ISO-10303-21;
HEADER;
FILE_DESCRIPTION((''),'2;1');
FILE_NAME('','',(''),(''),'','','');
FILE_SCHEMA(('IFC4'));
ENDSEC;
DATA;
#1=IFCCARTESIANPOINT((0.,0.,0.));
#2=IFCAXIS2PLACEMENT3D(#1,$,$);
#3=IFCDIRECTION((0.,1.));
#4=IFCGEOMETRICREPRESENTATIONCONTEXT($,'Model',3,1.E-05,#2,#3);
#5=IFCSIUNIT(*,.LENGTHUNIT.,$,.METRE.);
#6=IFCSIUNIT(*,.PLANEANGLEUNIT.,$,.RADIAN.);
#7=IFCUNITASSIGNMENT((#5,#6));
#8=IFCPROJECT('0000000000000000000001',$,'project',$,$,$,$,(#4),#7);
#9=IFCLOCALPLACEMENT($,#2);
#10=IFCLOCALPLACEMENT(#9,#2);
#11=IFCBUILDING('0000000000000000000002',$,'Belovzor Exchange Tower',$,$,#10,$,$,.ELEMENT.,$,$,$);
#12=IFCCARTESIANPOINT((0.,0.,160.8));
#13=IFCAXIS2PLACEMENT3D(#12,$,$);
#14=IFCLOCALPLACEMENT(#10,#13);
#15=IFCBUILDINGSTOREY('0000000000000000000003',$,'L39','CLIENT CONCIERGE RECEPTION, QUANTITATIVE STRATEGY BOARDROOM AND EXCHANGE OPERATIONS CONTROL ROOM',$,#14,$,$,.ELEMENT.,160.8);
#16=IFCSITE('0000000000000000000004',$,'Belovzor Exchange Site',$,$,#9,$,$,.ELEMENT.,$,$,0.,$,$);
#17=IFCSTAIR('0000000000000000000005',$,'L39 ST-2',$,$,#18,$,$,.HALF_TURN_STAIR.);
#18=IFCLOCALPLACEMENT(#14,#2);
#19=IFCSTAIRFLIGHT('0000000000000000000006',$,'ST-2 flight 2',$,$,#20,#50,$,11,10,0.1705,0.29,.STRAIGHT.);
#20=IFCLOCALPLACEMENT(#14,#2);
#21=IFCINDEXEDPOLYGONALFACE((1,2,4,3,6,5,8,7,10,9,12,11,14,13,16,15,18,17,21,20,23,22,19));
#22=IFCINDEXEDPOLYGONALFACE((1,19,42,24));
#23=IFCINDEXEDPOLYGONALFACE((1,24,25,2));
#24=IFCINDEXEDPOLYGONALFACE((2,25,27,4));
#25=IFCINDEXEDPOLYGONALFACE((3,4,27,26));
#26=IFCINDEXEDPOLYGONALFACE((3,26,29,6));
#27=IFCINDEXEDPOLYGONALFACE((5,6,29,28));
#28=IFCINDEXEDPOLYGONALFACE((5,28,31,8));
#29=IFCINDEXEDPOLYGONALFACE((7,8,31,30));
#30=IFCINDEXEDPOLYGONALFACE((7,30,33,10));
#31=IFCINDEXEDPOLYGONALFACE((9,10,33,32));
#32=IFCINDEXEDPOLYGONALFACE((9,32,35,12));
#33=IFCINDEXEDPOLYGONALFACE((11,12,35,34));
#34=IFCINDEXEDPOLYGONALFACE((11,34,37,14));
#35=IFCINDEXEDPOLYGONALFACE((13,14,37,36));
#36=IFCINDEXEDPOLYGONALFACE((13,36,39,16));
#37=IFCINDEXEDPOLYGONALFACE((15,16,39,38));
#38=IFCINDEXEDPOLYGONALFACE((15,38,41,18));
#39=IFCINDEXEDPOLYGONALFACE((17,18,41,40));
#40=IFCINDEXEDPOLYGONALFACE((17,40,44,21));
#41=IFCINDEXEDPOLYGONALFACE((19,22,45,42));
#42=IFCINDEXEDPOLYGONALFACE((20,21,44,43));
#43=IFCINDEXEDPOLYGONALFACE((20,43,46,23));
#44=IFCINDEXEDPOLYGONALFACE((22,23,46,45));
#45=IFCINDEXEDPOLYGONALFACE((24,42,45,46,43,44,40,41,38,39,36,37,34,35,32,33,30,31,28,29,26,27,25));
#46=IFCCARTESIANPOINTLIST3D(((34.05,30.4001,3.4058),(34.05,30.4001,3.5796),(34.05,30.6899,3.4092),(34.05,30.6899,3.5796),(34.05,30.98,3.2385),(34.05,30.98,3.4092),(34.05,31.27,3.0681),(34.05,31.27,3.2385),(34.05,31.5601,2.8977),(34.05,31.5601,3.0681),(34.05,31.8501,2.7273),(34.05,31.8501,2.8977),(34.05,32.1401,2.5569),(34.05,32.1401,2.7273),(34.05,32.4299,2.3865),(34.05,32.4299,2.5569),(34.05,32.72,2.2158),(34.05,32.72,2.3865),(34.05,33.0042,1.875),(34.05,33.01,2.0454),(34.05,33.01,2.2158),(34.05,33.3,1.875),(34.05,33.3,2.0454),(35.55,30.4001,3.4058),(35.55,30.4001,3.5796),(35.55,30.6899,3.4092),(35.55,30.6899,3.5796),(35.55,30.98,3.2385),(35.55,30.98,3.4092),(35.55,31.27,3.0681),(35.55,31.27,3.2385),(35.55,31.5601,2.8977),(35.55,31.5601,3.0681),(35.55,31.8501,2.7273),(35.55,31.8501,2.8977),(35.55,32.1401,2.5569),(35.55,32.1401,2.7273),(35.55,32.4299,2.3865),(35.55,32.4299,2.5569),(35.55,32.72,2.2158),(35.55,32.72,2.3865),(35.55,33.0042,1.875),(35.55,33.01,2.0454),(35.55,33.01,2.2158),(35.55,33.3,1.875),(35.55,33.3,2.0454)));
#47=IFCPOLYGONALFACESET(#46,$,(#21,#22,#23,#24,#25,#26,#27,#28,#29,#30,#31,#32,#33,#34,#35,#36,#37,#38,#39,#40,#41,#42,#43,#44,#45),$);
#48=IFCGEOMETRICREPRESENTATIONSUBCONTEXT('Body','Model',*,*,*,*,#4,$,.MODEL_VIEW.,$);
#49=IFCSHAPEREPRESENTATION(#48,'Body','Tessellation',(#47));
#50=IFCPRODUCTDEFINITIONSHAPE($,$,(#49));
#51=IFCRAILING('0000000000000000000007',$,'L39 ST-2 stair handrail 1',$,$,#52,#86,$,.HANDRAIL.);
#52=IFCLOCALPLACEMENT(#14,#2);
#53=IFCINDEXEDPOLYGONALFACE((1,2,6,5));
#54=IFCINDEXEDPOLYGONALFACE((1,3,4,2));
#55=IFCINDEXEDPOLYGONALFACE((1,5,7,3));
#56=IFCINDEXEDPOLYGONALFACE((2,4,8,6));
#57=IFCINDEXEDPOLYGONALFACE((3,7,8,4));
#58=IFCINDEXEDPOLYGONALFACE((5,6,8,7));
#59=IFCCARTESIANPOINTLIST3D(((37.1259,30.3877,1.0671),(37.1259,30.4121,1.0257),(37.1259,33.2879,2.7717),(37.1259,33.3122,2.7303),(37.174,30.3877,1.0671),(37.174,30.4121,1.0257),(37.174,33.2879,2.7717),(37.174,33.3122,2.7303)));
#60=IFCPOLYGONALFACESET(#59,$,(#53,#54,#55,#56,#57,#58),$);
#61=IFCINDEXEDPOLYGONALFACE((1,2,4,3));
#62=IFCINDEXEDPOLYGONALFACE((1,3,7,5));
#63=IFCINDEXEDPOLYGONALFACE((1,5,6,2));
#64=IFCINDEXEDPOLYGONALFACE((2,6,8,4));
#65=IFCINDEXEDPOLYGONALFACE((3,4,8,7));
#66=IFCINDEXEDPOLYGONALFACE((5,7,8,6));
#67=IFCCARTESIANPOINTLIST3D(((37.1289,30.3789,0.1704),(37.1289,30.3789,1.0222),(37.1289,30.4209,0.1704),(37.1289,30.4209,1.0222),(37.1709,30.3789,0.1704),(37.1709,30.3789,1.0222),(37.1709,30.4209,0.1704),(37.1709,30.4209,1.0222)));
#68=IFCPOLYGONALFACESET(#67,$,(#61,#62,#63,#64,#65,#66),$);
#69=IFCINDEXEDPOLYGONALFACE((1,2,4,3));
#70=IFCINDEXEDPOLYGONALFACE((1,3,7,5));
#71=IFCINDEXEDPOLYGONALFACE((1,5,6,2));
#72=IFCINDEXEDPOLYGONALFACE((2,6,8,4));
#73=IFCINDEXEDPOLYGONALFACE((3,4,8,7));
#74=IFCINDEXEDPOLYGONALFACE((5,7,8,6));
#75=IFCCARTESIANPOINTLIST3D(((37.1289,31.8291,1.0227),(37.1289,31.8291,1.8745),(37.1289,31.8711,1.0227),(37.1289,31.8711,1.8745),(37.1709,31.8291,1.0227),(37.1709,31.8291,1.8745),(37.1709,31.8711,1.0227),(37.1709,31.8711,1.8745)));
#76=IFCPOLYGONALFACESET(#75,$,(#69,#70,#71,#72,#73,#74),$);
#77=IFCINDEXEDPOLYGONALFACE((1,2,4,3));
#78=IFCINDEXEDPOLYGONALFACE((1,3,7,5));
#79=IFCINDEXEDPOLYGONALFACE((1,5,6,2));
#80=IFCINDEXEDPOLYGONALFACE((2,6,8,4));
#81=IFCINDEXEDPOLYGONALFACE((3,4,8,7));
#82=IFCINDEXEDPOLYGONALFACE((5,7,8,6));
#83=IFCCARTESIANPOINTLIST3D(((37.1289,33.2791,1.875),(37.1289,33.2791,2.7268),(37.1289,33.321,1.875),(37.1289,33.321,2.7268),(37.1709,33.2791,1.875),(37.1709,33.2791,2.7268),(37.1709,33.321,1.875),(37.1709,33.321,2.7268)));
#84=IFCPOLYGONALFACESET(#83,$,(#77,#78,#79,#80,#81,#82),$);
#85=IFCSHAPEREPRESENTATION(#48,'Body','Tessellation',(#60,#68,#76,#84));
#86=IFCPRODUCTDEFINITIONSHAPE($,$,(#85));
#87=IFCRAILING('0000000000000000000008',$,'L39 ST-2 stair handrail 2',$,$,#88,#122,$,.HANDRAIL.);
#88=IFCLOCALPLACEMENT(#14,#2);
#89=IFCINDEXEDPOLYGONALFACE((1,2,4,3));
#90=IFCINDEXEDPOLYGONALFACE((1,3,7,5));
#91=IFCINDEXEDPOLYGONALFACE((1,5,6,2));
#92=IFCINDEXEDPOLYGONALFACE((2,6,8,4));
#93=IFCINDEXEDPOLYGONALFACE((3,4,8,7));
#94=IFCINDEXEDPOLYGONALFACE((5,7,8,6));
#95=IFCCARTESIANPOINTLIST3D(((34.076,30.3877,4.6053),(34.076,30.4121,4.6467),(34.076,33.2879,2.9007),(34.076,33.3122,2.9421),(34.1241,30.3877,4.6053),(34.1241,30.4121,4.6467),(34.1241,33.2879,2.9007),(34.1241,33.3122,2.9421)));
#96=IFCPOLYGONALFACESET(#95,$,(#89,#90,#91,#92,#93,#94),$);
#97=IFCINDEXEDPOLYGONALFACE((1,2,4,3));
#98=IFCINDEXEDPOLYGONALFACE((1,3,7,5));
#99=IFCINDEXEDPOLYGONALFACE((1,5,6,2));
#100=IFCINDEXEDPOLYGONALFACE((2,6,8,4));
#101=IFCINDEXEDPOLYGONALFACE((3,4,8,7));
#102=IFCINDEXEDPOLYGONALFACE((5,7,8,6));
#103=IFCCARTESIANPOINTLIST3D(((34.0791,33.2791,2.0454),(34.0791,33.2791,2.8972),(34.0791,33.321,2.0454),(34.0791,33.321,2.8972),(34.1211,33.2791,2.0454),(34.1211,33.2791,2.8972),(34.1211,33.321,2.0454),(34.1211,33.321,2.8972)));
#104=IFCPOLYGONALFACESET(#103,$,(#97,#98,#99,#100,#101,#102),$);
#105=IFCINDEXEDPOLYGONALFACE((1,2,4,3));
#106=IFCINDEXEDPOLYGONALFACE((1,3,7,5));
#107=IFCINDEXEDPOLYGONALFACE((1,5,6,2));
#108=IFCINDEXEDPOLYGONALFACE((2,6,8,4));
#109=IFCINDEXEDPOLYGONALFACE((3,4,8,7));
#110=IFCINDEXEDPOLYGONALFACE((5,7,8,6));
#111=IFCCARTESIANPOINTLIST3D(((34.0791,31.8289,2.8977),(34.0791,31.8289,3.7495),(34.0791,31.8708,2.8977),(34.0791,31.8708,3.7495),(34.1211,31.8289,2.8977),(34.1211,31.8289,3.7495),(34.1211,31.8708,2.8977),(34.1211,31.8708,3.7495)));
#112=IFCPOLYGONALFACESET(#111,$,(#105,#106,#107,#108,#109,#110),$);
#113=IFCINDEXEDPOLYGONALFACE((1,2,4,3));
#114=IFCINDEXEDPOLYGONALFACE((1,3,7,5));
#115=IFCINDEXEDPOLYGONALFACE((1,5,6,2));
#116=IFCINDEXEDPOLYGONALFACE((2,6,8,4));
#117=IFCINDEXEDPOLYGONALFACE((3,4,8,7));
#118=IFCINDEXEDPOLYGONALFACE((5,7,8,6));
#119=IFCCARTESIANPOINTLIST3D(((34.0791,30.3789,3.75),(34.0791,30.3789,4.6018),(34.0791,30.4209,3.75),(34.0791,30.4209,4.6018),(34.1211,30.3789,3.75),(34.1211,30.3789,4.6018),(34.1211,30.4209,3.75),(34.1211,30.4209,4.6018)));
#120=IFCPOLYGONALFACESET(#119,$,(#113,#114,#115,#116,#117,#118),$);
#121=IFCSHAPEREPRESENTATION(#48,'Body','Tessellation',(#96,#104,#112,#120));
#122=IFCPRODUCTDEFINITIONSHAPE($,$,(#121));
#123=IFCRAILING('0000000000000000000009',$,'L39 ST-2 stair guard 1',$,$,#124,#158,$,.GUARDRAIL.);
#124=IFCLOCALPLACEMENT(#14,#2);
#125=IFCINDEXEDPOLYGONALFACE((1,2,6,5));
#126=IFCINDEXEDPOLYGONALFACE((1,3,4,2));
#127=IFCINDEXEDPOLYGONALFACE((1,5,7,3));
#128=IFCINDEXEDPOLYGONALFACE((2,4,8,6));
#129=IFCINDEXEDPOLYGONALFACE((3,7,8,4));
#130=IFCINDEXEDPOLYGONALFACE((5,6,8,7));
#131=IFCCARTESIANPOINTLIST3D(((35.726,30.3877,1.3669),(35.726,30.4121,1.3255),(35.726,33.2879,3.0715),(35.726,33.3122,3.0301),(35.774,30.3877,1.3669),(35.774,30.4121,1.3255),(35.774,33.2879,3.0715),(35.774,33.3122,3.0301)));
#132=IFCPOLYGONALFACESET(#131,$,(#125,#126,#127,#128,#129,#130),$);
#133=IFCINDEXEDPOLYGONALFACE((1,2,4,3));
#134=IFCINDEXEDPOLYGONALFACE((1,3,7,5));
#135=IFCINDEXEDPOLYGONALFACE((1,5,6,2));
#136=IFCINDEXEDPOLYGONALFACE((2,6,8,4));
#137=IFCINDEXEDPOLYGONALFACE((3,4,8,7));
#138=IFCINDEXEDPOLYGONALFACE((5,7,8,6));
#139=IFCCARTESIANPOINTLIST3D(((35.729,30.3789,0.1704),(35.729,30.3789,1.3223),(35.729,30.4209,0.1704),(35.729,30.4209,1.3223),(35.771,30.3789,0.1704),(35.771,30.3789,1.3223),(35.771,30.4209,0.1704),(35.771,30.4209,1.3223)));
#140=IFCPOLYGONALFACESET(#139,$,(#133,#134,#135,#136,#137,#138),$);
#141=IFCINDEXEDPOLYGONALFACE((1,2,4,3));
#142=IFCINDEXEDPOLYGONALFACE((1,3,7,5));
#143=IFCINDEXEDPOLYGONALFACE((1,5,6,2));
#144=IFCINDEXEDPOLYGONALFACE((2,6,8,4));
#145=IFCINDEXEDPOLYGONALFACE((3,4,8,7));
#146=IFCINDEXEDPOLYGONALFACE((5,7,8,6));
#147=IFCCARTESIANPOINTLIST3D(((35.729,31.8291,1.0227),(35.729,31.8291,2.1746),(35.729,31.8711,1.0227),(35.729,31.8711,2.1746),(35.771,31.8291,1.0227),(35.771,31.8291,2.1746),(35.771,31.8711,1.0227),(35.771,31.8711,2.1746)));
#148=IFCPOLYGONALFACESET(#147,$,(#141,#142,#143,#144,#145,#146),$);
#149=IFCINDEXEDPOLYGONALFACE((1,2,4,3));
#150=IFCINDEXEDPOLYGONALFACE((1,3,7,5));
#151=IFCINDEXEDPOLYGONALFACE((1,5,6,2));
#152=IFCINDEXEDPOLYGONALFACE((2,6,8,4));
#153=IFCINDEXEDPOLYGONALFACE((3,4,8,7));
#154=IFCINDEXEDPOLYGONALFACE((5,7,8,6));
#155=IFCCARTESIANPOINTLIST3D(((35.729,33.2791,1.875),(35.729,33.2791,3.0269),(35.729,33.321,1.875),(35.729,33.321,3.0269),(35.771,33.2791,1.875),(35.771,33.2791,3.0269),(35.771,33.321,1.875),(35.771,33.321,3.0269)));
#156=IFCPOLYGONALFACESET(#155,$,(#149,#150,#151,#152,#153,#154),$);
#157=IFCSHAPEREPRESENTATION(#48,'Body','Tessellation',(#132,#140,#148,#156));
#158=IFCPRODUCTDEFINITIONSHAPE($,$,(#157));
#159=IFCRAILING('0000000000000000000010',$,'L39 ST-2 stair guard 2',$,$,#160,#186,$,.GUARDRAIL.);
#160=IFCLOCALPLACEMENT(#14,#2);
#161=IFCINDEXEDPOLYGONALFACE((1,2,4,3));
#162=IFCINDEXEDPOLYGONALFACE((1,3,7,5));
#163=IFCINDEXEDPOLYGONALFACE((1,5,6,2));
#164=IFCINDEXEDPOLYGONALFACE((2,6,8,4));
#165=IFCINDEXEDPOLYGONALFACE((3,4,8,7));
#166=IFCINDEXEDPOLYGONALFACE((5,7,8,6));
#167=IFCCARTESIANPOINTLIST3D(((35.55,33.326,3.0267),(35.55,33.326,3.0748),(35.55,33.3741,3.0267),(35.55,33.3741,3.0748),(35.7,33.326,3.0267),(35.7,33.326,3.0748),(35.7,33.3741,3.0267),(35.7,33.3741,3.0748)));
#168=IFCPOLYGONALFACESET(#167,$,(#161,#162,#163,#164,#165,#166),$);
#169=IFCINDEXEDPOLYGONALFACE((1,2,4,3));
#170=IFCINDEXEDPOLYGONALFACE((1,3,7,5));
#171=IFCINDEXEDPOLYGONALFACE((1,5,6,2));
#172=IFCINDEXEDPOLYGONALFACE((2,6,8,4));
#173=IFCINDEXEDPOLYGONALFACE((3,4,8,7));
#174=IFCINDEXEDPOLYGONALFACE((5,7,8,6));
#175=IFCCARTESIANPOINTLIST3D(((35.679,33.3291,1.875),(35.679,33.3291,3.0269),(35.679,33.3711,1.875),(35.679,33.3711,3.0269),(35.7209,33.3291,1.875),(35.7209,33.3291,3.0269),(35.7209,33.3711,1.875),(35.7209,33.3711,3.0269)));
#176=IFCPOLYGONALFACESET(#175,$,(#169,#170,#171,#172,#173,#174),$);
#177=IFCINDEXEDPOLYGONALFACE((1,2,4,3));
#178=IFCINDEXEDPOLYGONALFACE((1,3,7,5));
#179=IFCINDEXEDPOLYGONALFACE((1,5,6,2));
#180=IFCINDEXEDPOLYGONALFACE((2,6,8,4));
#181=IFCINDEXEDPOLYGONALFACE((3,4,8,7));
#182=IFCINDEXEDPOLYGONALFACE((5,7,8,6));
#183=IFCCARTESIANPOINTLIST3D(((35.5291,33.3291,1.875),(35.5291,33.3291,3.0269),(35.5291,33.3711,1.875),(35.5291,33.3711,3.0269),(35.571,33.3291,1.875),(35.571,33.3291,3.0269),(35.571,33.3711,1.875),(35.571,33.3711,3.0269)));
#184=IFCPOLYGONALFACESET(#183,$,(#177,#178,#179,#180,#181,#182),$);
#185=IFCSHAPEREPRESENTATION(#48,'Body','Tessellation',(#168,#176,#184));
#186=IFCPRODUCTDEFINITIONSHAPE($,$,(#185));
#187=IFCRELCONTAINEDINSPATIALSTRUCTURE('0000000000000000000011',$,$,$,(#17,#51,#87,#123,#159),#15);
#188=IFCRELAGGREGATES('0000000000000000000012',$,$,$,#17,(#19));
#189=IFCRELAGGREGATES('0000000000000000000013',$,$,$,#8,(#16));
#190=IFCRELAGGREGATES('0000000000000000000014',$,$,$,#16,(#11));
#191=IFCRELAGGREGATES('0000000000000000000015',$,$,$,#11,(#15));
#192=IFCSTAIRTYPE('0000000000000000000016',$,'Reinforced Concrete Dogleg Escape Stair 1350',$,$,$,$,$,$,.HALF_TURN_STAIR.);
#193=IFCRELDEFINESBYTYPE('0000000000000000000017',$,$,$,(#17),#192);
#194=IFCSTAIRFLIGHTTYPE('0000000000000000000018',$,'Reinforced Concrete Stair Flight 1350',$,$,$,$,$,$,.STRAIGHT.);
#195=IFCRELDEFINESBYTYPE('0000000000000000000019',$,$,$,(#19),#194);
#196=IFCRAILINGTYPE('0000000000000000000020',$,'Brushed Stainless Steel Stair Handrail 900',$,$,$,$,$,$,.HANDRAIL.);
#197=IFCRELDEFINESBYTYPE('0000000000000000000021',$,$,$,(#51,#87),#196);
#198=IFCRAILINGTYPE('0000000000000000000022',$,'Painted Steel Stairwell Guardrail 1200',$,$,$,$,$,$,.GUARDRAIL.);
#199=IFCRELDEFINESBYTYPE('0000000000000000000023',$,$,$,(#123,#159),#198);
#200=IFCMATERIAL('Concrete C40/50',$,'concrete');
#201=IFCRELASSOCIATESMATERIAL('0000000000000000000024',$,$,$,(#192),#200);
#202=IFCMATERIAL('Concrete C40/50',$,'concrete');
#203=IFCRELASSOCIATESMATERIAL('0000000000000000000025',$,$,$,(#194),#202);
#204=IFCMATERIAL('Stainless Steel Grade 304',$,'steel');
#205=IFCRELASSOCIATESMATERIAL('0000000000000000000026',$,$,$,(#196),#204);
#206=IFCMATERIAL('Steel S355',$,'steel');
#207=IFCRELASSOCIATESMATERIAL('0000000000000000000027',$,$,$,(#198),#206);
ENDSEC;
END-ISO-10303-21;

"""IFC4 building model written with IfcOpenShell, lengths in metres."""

from ifc_helpers import new_model, si_unit, direction, frame, origin, origin_2d, place, context, subcontext, project, spatial, polyline, rectangle, outline, extrude, material, type_object, element, aggregate, save


model = new_model("IFC4")

# Units and contexts
model_context = context("Model", 3, precision=1e-05, world=origin(), true_north=direction((0.0, 1.0)))
body_context = subcontext(model_context, "Body", "Model", "MODEL_VIEW")
ifc_project = project(units=[si_unit("LENGTHUNIT", "METRE"), si_unit("PLANEANGLEUNIT", "RADIAN")], contexts=[model_context])

# Site, building, storey
site_placement = place(None, origin())
site = spatial("IfcSite", under=ifc_project, at=site_placement, Name="Belovzor Exchange Site", CompositionType="ELEMENT", RefElevation=0.0)
building_placement = place(site_placement, origin())
building = spatial("IfcBuilding", under=site, at=building_placement, Name="Belovzor Exchange Tower", CompositionType="ELEMENT")
storey_placement = place(building_placement, frame((0.0, 0.0, 160.8)))
storey = spatial("IfcBuildingStorey", under=building, at=storey_placement, Name="L39", Description="CLIENT CONCIERGE RECEPTION, QUANTITATIVE STRATEGY BOARDROOM AND EXCHANGE OPERATIONS CONTROL ROOM", CompositionType="ELEMENT", Elevation=160.8)

# Stair, stair flight
ifc_material_1 = material(Name="Concrete C40/50", Category="concrete")
stair_type = type_object("IfcStairType", Name="Reinforced Concrete Dogleg Escape Stair 1350", PredefinedType="HALF_TURN_STAIR", material=ifc_material_1)
stair_placement = place(storey_placement, origin())
stair = element("IfcStair", 1, at=stair_placement, inside=storey, type_object=stair_type, Name="L39 ST-2", PredefinedType="HALF_TURN_STAIR")
ifc_material_2 = material(Name="Concrete C40/50", Category="concrete")
stair_flight_type = type_object("IfcStairFlightType", Name="Reinforced Concrete Stair Flight 1350", PredefinedType="STRAIGHT", material=ifc_material_2)
stair_flight_1_placement = place(storey_placement, frame((34.8, 33.3, 1.875), z_axis=(0.0, 0.0, 1.0), x_axis=(0.0, -1.0, 0.0)))
stair_flight_1 = element("IfcStairFlight", 2, at=stair_flight_1_placement, type_object=stair_flight_type, Name="ST-2 flight 2", NumberOfRisers=11, NumberOfTreads=10, PredefinedType="STRAIGHT", RiserHeight=0.1705, TreadLength=0.29, context=body_context, shape_type="SweptSolid", body=[
    extrude(outline(polyline([(0.0, 0.0), (0.0, 0.1704), (0.29, 0.1704), (0.29, 0.3408), (0.5801, 0.3408), (0.5801, 0.5115), (0.8701, 0.5115), (0.8701, 0.6819), (1.1599, 0.6819), (1.1599, 0.8523), (1.45, 0.8523), (1.45, 1.0227), (1.74, 1.0227), (1.74, 1.1931), (2.03, 1.1931), (2.03, 1.3635), (2.3201, 1.3635), (2.3201, 1.5342), (2.6101, 1.5342), (2.6101, 1.7046), (2.8999, 1.7046), (2.8999, 1.875), (2.8999, 1.5308), (0.2959, 0.0), (0.0, 0.0)])), frame((0.0, 0.75, 0.0), z_axis=(0.0, -1.0, 0.0), x_axis=(1.0, 0.0, 0.0)), (0.0, 0.0, 1.0), 1.5),
])
aggregate(stair, [stair_flight_1])

# Railings
ifc_material_3 = material(Name="Stainless Steel Grade 304", Category="steel")
railing_type_1 = type_object("IfcRailingType", Name="Brushed Stainless Steel Stair Handrail 900", PredefinedType="HANDRAIL", material=ifc_material_3)
railing_1_placement = place(storey_placement, frame((37.1499, 30.3999, 0.1704)))
element("IfcRailing", 3, at=railing_1_placement, inside=storey, type_object=railing_type_1, Name="L39 ST-2 stair handrail 1", PredefinedType="HANDRAIL", context=body_context, shape_type="SweptSolid", body=[
    extrude(rectangle(XDim=0.0481, YDim=0.0481, at=origin_2d()), frame((0.0, 0.0, 0.876), z_axis=(0.0, 0.862113, 0.506716), x_axis=(-1.0, 0.0, 0.0)), (0.0, 0.0, 1.0), 3.364),
    extrude(rectangle(XDim=0.042, YDim=0.042, at=origin_2d()), origin(), (0.0, 0.0, 1.0), 0.8518),
    extrude(rectangle(XDim=0.042, YDim=0.042, at=origin_2d()), frame((0.0, 1.4502, 0.8523)), (0.0, 0.0, 1.0), 0.8518),
    extrude(rectangle(XDim=0.042, YDim=0.042, at=origin_2d()), frame((0.0, 2.9001, 1.7046)), (0.0, 0.0, 1.0), 0.8518),
])
railing_2_placement = place(storey_placement, frame((34.1001, 33.3, 2.0454)))
element("IfcRailing", 4, at=railing_2_placement, inside=storey, type_object=railing_type_1, Name="L39 ST-2 stair handrail 2", PredefinedType="HANDRAIL", context=body_context, shape_type="SweptSolid", body=[
    extrude(rectangle(XDim=0.0481, YDim=0.0481, at=origin_2d()), frame((0.0, 0.0, 0.876), z_axis=(0.0, -0.862113, 0.506716), x_axis=(1.0, 0.0, 0.0)), (0.0, 0.0, 1.0), 3.364),
    extrude(rectangle(XDim=0.042, YDim=0.042, at=origin_2d()), origin(), (0.0, 0.0, 1.0), 0.8518),
    extrude(rectangle(XDim=0.042, YDim=0.042, at=origin_2d()), frame((0.0, -1.4502, 0.8523)), (0.0, 0.0, 1.0), 0.8518),
    extrude(rectangle(XDim=0.042, YDim=0.042, at=origin_2d()), frame((0.0, -2.9001, 1.7046)), (0.0, 0.0, 1.0), 0.8518),
])
ifc_material_4 = material(Name="Steel S355", Category="steel")
railing_type_2 = type_object("IfcRailingType", Name="Painted Steel Stairwell Guardrail 1200", PredefinedType="GUARDRAIL", material=ifc_material_4)
railing_3_placement = place(storey_placement, frame((35.75, 30.3999, 0.1704)))
element("IfcRailing", 5, at=railing_3_placement, inside=storey, type_object=railing_type_2, Name="L39 ST-2 stair guard 1", PredefinedType="GUARDRAIL", context=body_context, shape_type="SweptSolid", body=[
    extrude(rectangle(XDim=0.0481, YDim=0.0481, at=origin_2d()), frame((0.0, 0.0, 1.1758), z_axis=(0.0, 0.862113, 0.506716), x_axis=(-1.0, 0.0, 0.0)), (0.0, 0.0, 1.0), 3.364),
    extrude(rectangle(XDim=0.042, YDim=0.042, at=origin_2d()), origin(), (0.0, 0.0, 1.0), 1.1519),
    extrude(rectangle(XDim=0.042, YDim=0.042, at=origin_2d()), frame((0.0, 1.4502, 0.8523)), (0.0, 0.0, 1.0), 1.1519),
    extrude(rectangle(XDim=0.042, YDim=0.042, at=origin_2d()), frame((0.0, 2.9001, 1.7046)), (0.0, 0.0, 1.0), 1.1519),
])
railing_4_placement = place(storey_placement, frame((35.7, 33.3501, 1.875)))
element("IfcRailing", 6, at=railing_4_placement, inside=storey, type_object=railing_type_2, Name="L39 ST-2 stair guard 2", PredefinedType="GUARDRAIL", context=body_context, shape_type="SweptSolid", body=[
    extrude(rectangle(XDim=0.0481, YDim=0.0481, at=origin_2d()), frame((0.0, 0.0, 1.1758), z_axis=(-1.0, 0.0, 0.0), x_axis=(0.0, -1.0, 0.0)), (0.0, 0.0, 1.0), 0.1499),
    extrude(rectangle(XDim=0.042, YDim=0.042, at=origin_2d()), origin(), (0.0, 0.0, 1.0), 1.1519),
    extrude(rectangle(XDim=0.042, YDim=0.042, at=origin_2d()), frame((-0.1499, 0.0, 0.0)), (0.0, 0.0, 1.0), 1.1519),
])

save(model, "model.ifc")
